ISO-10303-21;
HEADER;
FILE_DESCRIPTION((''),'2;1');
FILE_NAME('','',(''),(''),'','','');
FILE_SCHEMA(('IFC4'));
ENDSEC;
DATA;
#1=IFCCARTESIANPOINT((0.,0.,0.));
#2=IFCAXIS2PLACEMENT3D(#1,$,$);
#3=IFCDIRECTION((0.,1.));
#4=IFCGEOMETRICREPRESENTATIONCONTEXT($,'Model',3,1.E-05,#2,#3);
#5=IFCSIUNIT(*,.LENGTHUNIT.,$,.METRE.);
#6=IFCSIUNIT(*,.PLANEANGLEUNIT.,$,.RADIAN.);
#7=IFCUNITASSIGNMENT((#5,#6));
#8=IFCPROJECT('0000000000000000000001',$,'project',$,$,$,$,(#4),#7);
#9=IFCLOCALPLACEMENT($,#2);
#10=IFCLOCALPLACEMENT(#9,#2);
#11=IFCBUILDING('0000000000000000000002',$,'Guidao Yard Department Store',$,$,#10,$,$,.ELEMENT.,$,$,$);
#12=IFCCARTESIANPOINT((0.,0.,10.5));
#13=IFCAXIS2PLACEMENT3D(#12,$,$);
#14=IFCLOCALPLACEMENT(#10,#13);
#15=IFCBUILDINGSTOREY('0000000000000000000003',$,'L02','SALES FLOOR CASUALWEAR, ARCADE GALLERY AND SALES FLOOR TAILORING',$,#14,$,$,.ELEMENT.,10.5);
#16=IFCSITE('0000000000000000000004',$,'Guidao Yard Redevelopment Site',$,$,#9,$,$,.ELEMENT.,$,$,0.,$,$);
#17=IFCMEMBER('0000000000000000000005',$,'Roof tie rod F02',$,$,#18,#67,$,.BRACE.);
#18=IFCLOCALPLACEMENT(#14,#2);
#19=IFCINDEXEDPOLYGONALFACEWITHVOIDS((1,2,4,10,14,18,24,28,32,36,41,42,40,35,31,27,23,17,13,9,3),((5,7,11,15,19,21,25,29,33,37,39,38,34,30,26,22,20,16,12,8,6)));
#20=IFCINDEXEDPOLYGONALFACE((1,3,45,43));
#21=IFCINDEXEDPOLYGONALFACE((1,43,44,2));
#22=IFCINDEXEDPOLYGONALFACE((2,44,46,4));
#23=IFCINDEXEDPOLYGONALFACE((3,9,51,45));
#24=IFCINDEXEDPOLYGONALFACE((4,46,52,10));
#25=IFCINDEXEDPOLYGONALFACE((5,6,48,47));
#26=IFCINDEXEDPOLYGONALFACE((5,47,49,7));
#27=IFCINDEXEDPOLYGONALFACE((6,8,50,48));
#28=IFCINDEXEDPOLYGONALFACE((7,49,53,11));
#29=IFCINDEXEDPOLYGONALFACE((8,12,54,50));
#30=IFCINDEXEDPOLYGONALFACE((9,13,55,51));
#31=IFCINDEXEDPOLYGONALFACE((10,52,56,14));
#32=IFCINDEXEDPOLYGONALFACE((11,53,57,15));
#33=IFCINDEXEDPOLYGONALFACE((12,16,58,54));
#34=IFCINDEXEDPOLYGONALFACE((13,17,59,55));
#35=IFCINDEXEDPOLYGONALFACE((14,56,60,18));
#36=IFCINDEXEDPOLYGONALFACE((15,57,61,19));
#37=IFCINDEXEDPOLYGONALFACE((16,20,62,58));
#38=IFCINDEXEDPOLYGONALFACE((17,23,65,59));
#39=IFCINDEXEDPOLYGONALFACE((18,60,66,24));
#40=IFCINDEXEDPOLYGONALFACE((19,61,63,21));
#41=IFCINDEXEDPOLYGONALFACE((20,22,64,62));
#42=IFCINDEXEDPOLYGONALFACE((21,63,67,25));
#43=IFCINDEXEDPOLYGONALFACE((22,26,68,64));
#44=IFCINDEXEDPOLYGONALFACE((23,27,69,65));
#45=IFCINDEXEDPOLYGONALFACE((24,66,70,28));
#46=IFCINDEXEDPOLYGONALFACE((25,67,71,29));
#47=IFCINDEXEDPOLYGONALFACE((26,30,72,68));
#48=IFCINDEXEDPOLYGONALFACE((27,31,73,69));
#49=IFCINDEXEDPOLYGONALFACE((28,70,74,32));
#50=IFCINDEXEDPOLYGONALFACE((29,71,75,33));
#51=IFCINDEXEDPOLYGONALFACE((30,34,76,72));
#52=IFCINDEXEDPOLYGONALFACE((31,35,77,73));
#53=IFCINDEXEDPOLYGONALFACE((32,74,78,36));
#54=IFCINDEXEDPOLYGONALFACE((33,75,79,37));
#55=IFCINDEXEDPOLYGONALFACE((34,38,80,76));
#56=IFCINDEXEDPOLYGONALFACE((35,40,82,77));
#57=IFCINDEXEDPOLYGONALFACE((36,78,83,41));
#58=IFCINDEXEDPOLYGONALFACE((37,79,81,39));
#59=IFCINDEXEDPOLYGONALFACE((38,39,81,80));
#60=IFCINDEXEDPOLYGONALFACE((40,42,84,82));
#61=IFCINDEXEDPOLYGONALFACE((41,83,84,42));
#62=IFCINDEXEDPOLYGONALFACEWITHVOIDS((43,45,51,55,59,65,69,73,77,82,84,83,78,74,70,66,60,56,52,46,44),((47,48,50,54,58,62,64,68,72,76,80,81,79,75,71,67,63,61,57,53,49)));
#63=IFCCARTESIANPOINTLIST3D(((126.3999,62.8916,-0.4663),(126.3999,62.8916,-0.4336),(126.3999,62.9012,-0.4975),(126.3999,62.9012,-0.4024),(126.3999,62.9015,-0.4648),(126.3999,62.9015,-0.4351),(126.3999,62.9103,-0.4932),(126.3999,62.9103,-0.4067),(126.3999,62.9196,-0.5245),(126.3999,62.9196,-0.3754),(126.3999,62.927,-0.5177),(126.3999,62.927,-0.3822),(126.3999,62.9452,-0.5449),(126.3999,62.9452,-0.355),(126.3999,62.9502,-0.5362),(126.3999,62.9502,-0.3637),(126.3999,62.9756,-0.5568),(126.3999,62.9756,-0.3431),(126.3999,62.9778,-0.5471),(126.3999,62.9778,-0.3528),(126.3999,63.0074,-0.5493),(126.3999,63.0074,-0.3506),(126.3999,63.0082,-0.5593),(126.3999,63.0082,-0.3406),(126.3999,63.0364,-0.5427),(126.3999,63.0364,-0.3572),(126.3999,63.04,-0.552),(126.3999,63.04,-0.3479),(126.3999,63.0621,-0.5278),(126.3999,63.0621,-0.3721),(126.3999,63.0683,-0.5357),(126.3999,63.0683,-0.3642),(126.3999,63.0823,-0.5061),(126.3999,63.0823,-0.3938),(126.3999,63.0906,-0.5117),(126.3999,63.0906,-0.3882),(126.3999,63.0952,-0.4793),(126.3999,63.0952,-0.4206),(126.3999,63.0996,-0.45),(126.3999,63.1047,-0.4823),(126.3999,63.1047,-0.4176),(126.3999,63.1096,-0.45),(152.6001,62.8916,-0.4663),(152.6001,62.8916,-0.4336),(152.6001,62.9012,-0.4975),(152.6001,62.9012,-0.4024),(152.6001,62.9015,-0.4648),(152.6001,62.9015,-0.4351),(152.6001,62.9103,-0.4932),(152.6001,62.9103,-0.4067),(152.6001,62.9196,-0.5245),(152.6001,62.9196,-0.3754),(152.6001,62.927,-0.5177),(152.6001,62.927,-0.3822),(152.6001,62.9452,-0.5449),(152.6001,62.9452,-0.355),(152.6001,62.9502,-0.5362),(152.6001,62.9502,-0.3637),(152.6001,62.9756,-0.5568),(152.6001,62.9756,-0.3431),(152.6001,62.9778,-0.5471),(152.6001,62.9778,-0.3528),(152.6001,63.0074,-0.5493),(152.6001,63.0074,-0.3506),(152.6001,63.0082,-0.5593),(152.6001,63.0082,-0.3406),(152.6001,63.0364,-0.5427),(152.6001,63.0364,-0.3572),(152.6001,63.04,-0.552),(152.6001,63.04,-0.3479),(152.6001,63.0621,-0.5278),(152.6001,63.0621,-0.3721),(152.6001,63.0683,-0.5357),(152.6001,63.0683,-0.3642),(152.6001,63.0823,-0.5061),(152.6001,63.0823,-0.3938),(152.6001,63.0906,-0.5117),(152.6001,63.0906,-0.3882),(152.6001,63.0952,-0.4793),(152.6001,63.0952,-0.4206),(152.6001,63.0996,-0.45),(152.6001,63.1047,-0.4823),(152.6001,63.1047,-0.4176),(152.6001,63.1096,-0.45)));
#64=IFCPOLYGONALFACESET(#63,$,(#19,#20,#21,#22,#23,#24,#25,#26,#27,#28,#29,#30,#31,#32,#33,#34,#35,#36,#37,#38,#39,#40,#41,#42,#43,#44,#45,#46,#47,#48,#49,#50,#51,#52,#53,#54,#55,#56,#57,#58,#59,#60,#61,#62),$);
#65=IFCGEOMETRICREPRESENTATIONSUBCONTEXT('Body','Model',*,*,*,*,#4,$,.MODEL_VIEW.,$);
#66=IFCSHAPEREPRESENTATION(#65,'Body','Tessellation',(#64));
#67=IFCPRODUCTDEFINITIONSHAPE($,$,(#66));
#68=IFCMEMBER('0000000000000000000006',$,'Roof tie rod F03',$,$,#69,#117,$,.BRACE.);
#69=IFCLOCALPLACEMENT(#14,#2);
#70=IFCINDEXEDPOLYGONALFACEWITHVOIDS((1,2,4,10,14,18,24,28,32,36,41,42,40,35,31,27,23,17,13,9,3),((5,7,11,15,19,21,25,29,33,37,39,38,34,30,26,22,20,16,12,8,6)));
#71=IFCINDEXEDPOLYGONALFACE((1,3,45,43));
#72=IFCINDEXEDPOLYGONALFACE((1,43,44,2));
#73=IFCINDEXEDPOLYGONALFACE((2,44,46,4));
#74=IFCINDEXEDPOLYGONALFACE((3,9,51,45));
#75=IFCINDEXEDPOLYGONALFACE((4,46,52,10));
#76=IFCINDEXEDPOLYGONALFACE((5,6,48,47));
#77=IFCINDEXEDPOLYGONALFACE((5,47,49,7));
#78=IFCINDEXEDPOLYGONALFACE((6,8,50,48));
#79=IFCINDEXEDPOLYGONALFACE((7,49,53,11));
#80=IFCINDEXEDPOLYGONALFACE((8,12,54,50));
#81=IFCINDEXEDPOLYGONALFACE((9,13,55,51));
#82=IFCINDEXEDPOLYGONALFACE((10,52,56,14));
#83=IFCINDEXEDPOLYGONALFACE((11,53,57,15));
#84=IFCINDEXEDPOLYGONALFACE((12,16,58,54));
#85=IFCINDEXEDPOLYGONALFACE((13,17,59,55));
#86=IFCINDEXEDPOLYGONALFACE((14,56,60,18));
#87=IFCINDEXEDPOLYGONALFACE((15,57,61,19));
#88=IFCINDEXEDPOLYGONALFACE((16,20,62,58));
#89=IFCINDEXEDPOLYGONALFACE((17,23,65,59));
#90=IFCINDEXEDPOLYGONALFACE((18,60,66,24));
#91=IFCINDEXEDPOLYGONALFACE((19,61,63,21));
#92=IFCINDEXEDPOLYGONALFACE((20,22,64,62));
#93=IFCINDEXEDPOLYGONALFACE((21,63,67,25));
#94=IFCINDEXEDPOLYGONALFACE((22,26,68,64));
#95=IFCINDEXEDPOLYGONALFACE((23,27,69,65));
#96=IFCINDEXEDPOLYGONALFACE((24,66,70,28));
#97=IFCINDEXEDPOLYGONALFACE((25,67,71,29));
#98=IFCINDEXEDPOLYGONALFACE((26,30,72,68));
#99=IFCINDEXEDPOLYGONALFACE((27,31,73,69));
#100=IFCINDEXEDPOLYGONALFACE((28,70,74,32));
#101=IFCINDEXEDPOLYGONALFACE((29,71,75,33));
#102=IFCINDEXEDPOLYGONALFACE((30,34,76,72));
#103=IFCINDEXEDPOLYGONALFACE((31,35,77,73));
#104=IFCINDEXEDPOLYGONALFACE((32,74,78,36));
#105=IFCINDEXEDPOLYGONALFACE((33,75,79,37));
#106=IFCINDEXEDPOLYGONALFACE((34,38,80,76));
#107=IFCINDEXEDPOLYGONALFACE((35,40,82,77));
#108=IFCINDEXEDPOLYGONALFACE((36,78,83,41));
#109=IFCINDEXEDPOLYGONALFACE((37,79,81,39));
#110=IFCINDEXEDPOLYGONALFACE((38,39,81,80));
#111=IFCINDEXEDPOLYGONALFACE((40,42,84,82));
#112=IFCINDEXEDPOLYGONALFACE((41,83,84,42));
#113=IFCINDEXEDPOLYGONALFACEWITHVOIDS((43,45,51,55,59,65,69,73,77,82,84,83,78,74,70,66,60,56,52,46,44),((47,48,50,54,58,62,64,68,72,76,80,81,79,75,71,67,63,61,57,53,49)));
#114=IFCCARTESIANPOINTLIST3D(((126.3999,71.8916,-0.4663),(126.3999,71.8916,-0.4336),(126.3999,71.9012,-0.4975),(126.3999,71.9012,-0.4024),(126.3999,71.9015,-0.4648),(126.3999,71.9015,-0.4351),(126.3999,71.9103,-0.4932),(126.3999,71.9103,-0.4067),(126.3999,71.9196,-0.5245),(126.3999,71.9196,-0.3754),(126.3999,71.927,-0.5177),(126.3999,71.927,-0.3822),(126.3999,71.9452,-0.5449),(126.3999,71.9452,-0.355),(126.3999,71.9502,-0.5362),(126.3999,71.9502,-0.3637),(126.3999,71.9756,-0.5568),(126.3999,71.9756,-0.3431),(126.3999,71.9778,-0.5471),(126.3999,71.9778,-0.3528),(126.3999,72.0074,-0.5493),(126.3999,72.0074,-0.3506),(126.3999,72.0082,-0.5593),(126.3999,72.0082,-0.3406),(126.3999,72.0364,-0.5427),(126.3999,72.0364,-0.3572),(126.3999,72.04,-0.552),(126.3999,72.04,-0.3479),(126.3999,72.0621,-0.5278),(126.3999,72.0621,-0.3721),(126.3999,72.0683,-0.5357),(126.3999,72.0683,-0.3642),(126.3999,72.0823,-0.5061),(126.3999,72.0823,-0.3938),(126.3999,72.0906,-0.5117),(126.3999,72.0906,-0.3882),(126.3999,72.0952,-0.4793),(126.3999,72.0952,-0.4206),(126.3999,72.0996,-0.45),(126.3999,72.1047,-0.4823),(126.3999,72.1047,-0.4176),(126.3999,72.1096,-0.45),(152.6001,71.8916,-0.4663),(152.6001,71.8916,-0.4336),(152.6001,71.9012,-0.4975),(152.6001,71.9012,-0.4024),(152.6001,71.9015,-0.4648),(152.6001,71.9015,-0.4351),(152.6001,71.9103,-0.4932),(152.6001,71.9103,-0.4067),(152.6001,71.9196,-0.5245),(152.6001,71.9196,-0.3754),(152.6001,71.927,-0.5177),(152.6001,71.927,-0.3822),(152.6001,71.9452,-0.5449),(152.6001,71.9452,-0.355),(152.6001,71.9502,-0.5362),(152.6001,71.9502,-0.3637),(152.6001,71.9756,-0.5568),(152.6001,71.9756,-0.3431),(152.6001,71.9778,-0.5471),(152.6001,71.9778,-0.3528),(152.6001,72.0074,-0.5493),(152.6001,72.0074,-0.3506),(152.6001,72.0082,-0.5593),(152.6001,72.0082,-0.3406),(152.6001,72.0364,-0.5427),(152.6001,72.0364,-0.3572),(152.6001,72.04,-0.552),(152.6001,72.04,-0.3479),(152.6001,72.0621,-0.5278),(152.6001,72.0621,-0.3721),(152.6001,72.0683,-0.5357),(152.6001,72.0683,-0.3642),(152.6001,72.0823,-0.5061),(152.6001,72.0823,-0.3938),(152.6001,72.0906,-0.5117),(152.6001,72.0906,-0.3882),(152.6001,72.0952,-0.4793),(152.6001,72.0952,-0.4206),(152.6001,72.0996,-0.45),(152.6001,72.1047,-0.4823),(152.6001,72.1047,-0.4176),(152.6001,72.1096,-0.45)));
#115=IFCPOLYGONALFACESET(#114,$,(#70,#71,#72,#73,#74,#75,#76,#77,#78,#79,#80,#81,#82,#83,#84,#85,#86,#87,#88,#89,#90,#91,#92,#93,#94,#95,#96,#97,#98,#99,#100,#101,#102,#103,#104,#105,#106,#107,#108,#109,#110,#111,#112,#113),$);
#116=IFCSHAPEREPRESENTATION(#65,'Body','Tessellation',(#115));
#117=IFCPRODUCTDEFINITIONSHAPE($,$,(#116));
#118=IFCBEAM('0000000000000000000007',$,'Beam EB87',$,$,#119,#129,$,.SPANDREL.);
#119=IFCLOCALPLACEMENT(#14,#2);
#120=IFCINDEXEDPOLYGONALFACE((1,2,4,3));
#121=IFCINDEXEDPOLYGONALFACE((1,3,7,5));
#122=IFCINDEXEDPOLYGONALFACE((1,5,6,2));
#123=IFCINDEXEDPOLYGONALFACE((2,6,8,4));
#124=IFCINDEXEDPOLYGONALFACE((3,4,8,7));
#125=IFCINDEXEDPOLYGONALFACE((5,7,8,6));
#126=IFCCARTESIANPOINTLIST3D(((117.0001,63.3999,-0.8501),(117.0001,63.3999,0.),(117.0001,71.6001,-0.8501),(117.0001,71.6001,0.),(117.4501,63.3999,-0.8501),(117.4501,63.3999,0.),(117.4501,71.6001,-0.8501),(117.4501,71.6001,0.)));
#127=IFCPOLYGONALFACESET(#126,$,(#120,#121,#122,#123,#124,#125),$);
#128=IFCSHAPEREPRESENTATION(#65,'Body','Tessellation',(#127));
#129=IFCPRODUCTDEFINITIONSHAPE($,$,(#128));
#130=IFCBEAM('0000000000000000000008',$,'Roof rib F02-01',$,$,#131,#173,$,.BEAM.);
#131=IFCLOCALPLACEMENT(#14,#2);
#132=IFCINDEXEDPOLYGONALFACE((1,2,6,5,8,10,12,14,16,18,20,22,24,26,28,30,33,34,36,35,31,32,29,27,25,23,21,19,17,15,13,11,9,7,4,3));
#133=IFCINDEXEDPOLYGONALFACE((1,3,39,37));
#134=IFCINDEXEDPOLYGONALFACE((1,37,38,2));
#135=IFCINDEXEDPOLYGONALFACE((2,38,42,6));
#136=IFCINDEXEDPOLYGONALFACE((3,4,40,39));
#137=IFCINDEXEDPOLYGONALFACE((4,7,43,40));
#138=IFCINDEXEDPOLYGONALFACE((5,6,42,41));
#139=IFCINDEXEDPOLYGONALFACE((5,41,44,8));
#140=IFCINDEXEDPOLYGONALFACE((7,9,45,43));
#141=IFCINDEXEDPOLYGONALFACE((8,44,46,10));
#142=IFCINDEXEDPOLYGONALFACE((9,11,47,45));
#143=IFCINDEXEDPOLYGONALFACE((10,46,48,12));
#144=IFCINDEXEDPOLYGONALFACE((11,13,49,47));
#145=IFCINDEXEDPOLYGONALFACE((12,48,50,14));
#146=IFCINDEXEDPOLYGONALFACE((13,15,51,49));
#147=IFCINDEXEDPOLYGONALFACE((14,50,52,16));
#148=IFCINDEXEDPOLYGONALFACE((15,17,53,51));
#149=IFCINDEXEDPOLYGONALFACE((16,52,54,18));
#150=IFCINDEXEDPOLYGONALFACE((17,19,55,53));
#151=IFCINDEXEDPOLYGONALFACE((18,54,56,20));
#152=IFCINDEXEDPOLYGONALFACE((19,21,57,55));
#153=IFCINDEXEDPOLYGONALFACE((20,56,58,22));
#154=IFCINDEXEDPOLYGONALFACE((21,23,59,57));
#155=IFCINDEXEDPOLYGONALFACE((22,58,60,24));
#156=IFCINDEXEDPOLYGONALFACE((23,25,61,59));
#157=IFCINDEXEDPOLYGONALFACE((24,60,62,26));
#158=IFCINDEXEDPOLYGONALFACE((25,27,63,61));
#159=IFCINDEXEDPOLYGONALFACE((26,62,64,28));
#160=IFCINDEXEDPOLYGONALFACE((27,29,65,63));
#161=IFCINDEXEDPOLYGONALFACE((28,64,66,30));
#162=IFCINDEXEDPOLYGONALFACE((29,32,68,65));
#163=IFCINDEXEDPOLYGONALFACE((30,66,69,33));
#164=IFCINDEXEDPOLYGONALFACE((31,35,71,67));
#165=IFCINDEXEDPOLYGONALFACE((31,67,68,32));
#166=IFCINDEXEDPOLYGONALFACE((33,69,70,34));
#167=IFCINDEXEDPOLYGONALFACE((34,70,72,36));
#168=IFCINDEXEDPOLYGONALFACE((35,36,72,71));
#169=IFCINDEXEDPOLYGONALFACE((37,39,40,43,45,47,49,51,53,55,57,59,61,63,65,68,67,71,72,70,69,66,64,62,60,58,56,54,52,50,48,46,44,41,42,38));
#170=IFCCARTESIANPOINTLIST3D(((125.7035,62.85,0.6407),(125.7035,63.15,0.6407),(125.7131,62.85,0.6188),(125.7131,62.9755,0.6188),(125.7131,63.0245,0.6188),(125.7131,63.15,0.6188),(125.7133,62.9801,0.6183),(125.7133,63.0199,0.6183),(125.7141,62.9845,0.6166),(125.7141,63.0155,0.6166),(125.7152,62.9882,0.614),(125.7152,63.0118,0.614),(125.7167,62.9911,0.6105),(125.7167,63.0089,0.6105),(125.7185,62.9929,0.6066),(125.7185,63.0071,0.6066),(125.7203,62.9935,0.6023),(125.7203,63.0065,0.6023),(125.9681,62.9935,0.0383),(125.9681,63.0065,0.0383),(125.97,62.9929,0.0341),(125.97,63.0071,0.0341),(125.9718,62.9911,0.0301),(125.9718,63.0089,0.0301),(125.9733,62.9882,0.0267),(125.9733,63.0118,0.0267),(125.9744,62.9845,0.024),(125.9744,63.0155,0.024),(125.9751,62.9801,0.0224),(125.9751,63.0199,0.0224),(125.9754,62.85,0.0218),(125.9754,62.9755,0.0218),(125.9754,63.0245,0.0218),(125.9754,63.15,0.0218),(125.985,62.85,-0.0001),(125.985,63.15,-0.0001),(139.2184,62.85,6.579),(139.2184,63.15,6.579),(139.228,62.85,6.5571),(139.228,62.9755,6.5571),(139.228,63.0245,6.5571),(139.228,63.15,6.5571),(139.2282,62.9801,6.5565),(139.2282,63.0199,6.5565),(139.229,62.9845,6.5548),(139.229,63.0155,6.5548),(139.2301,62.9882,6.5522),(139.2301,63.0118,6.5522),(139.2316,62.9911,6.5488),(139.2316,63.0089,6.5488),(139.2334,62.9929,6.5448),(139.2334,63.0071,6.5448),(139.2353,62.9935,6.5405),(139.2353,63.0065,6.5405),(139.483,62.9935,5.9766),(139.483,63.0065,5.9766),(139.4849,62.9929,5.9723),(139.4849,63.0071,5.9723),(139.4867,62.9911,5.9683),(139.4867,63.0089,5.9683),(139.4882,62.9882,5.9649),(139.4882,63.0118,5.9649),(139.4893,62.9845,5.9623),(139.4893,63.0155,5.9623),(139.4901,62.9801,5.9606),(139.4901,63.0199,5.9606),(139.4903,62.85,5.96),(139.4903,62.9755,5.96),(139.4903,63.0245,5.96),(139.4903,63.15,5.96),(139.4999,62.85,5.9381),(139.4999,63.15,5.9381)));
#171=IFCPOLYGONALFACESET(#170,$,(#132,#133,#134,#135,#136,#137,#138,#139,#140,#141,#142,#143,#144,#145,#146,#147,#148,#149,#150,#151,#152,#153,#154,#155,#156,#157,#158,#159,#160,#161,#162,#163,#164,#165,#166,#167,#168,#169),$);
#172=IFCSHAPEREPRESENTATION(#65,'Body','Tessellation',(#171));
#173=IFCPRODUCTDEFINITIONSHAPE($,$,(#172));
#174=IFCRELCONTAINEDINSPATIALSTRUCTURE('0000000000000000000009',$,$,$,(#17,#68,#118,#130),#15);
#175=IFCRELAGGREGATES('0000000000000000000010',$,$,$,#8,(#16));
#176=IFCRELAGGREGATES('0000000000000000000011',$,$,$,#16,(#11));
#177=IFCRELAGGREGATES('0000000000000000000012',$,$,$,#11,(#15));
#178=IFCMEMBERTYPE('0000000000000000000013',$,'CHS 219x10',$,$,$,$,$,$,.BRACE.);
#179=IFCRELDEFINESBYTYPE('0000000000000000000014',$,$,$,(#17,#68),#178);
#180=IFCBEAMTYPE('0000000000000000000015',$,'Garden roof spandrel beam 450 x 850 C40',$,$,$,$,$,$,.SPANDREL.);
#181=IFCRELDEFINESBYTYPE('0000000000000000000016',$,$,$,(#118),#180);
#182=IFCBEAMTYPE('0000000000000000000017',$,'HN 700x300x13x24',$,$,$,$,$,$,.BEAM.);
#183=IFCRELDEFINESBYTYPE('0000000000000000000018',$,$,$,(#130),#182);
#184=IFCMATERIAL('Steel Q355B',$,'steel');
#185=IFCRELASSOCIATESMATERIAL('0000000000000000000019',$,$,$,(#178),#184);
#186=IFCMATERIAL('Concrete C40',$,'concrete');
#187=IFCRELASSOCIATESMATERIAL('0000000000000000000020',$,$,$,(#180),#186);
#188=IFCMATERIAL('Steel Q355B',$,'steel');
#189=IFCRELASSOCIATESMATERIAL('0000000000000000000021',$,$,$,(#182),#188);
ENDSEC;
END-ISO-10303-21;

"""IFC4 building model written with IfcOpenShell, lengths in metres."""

from ifc_helpers import new_model, si_unit, direction, frame, origin, origin_2d, place, context, subcontext, project, spatial, rectangle, hollow_circle, i_section, extrude, material, material_profile, profile_set, type_object, element, save


model = new_model("IFC4")

# Units and contexts
model_context = context("Model", 3, precision=1e-05, world=origin(), true_north=direction((0.0, 1.0)))
body_context = subcontext(model_context, "Body", "Model", "MODEL_VIEW")
ifc_project = project(units=[si_unit("LENGTHUNIT", "METRE"), si_unit("PLANEANGLEUNIT", "RADIAN")], contexts=[model_context])

# Site, building, storey
site_placement = place(None, origin())
site = spatial("IfcSite", under=ifc_project, at=site_placement, Name="Guidao Yard Redevelopment Site", CompositionType="ELEMENT", RefElevation=0.0)
building_placement = place(site_placement, origin())
building = spatial("IfcBuilding", under=site, at=building_placement, Name="Guidao Yard Department Store", CompositionType="ELEMENT")
storey_placement = place(building_placement, frame((0.0, 0.0, 10.5)))
storey = spatial("IfcBuildingStorey", under=building, at=storey_placement, Name="L02", Description="SALES FLOOR CASUALWEAR, ARCADE GALLERY AND SALES FLOOR TAILORING", CompositionType="ELEMENT", Elevation=10.5)

# Members
ifc_material_1 = material(Name="Steel Q355B", Category="steel")
ifc_material_profile_1 = material_profile(ifc_material_1, hollow_circle(Radius=0.1096, WallThickness=0.01, at=origin_2d()), Name="CHS 219x10")
ifc_profile_set_1 = profile_set([ifc_material_profile_1], Name="Steel Q355B")
member_type = type_object("IfcMemberType", Name="CHS 219x10", PredefinedType="BRACE", material=ifc_profile_set_1)
for number, where, z_axis, x_axis, name in (
    (1, (126.3999, 63.0, -0.45), (1.0, 0.0, 0.0), (0.0, 1.0, 0.0), "Roof tie rod F02"),
    (2, (126.3999, 72.0, -0.45), (1.0, 0.0, 0.0), (0.0, 1.0, 0.0), "Roof tie rod F03"),
):
    element("IfcMember", number, at=place(storey_placement, frame(where, z_axis=z_axis, x_axis=x_axis)), inside=storey, type_object=member_type, Name=name, PredefinedType="BRACE", context=body_context, shape_type="SweptSolid", body=[
        extrude(hollow_circle(Radius=0.1096, WallThickness=0.01, at=origin_2d()), origin(), (0.0, 0.0, 1.0), 26.2002),
    ])

# Beams
ifc_material_2 = material(Name="Concrete C40", Category="concrete")
ifc_material_profile_2 = material_profile(ifc_material_2, rectangle(XDim=0.45, YDim=0.8501, at=origin_2d()), Name="Garden roof spandrel beam 450 x 850 C40")
ifc_profile_set_2 = profile_set([ifc_material_profile_2], Name="Concrete C40")
beam_type_1 = type_object("IfcBeamType", Name="Garden roof spandrel beam 450 x 850 C40", PredefinedType="SPANDREL", material=ifc_profile_set_2)
beam_placement = place(storey_placement, frame((117.2251, 63.3999, -0.425), z_axis=(0.0, 1.0, 0.0), x_axis=(-1.0, 0.0, 0.0)))
element("IfcBeam", 3, at=beam_placement, inside=storey, type_object=beam_type_1, Name="Beam EB87", PredefinedType="SPANDREL", context=body_context, shape_type="SweptSolid", body=[
    extrude(rectangle(XDim=0.45, YDim=0.8501, at=origin_2d()), origin(), (0.0, 0.0, 1.0), 8.2002),
])
ifc_material_3 = material(Name="Steel Q355B", Category="steel")
ifc_material_profile_3 = material_profile(ifc_material_3, i_section(OverallWidth=0.3, OverallDepth=0.7, WebThickness=0.0129, FlangeThickness=0.0239, FilletRadius=0.0181, at=origin_2d()), Name="HN 700x300x13x24")
ifc_profile_set_3 = profile_set([ifc_material_profile_3], Name="Steel Q355B")
beam_type_2 = type_object("IfcBeamType", Name="HN 700x300x13x24", PredefinedType="BEAM", material=ifc_profile_set_3)
for number, where, z_axis, x_axis, name in (
    (4, (125.8442, 63.0, 0.3203), (0.915523, 0.0, 0.402266), (0.0, 1.0, 0.0), "Roof rib F02-01"),
):
    element("IfcBeam", number, at=place(storey_placement, frame(where, z_axis=z_axis, x_axis=x_axis)), inside=storey, type_object=beam_type_2, Name=name, PredefinedType="BEAM", context=body_context, shape_type="SweptSolid", body=[
        extrude(i_section(OverallWidth=0.3, OverallDepth=0.7, WebThickness=0.0129, FlangeThickness=0.0239, FilletRadius=0.0181, at=origin_2d()), origin(), (0.0, 0.0, 1.0), 14.762),
    ])

save(model, "model.ifc")
